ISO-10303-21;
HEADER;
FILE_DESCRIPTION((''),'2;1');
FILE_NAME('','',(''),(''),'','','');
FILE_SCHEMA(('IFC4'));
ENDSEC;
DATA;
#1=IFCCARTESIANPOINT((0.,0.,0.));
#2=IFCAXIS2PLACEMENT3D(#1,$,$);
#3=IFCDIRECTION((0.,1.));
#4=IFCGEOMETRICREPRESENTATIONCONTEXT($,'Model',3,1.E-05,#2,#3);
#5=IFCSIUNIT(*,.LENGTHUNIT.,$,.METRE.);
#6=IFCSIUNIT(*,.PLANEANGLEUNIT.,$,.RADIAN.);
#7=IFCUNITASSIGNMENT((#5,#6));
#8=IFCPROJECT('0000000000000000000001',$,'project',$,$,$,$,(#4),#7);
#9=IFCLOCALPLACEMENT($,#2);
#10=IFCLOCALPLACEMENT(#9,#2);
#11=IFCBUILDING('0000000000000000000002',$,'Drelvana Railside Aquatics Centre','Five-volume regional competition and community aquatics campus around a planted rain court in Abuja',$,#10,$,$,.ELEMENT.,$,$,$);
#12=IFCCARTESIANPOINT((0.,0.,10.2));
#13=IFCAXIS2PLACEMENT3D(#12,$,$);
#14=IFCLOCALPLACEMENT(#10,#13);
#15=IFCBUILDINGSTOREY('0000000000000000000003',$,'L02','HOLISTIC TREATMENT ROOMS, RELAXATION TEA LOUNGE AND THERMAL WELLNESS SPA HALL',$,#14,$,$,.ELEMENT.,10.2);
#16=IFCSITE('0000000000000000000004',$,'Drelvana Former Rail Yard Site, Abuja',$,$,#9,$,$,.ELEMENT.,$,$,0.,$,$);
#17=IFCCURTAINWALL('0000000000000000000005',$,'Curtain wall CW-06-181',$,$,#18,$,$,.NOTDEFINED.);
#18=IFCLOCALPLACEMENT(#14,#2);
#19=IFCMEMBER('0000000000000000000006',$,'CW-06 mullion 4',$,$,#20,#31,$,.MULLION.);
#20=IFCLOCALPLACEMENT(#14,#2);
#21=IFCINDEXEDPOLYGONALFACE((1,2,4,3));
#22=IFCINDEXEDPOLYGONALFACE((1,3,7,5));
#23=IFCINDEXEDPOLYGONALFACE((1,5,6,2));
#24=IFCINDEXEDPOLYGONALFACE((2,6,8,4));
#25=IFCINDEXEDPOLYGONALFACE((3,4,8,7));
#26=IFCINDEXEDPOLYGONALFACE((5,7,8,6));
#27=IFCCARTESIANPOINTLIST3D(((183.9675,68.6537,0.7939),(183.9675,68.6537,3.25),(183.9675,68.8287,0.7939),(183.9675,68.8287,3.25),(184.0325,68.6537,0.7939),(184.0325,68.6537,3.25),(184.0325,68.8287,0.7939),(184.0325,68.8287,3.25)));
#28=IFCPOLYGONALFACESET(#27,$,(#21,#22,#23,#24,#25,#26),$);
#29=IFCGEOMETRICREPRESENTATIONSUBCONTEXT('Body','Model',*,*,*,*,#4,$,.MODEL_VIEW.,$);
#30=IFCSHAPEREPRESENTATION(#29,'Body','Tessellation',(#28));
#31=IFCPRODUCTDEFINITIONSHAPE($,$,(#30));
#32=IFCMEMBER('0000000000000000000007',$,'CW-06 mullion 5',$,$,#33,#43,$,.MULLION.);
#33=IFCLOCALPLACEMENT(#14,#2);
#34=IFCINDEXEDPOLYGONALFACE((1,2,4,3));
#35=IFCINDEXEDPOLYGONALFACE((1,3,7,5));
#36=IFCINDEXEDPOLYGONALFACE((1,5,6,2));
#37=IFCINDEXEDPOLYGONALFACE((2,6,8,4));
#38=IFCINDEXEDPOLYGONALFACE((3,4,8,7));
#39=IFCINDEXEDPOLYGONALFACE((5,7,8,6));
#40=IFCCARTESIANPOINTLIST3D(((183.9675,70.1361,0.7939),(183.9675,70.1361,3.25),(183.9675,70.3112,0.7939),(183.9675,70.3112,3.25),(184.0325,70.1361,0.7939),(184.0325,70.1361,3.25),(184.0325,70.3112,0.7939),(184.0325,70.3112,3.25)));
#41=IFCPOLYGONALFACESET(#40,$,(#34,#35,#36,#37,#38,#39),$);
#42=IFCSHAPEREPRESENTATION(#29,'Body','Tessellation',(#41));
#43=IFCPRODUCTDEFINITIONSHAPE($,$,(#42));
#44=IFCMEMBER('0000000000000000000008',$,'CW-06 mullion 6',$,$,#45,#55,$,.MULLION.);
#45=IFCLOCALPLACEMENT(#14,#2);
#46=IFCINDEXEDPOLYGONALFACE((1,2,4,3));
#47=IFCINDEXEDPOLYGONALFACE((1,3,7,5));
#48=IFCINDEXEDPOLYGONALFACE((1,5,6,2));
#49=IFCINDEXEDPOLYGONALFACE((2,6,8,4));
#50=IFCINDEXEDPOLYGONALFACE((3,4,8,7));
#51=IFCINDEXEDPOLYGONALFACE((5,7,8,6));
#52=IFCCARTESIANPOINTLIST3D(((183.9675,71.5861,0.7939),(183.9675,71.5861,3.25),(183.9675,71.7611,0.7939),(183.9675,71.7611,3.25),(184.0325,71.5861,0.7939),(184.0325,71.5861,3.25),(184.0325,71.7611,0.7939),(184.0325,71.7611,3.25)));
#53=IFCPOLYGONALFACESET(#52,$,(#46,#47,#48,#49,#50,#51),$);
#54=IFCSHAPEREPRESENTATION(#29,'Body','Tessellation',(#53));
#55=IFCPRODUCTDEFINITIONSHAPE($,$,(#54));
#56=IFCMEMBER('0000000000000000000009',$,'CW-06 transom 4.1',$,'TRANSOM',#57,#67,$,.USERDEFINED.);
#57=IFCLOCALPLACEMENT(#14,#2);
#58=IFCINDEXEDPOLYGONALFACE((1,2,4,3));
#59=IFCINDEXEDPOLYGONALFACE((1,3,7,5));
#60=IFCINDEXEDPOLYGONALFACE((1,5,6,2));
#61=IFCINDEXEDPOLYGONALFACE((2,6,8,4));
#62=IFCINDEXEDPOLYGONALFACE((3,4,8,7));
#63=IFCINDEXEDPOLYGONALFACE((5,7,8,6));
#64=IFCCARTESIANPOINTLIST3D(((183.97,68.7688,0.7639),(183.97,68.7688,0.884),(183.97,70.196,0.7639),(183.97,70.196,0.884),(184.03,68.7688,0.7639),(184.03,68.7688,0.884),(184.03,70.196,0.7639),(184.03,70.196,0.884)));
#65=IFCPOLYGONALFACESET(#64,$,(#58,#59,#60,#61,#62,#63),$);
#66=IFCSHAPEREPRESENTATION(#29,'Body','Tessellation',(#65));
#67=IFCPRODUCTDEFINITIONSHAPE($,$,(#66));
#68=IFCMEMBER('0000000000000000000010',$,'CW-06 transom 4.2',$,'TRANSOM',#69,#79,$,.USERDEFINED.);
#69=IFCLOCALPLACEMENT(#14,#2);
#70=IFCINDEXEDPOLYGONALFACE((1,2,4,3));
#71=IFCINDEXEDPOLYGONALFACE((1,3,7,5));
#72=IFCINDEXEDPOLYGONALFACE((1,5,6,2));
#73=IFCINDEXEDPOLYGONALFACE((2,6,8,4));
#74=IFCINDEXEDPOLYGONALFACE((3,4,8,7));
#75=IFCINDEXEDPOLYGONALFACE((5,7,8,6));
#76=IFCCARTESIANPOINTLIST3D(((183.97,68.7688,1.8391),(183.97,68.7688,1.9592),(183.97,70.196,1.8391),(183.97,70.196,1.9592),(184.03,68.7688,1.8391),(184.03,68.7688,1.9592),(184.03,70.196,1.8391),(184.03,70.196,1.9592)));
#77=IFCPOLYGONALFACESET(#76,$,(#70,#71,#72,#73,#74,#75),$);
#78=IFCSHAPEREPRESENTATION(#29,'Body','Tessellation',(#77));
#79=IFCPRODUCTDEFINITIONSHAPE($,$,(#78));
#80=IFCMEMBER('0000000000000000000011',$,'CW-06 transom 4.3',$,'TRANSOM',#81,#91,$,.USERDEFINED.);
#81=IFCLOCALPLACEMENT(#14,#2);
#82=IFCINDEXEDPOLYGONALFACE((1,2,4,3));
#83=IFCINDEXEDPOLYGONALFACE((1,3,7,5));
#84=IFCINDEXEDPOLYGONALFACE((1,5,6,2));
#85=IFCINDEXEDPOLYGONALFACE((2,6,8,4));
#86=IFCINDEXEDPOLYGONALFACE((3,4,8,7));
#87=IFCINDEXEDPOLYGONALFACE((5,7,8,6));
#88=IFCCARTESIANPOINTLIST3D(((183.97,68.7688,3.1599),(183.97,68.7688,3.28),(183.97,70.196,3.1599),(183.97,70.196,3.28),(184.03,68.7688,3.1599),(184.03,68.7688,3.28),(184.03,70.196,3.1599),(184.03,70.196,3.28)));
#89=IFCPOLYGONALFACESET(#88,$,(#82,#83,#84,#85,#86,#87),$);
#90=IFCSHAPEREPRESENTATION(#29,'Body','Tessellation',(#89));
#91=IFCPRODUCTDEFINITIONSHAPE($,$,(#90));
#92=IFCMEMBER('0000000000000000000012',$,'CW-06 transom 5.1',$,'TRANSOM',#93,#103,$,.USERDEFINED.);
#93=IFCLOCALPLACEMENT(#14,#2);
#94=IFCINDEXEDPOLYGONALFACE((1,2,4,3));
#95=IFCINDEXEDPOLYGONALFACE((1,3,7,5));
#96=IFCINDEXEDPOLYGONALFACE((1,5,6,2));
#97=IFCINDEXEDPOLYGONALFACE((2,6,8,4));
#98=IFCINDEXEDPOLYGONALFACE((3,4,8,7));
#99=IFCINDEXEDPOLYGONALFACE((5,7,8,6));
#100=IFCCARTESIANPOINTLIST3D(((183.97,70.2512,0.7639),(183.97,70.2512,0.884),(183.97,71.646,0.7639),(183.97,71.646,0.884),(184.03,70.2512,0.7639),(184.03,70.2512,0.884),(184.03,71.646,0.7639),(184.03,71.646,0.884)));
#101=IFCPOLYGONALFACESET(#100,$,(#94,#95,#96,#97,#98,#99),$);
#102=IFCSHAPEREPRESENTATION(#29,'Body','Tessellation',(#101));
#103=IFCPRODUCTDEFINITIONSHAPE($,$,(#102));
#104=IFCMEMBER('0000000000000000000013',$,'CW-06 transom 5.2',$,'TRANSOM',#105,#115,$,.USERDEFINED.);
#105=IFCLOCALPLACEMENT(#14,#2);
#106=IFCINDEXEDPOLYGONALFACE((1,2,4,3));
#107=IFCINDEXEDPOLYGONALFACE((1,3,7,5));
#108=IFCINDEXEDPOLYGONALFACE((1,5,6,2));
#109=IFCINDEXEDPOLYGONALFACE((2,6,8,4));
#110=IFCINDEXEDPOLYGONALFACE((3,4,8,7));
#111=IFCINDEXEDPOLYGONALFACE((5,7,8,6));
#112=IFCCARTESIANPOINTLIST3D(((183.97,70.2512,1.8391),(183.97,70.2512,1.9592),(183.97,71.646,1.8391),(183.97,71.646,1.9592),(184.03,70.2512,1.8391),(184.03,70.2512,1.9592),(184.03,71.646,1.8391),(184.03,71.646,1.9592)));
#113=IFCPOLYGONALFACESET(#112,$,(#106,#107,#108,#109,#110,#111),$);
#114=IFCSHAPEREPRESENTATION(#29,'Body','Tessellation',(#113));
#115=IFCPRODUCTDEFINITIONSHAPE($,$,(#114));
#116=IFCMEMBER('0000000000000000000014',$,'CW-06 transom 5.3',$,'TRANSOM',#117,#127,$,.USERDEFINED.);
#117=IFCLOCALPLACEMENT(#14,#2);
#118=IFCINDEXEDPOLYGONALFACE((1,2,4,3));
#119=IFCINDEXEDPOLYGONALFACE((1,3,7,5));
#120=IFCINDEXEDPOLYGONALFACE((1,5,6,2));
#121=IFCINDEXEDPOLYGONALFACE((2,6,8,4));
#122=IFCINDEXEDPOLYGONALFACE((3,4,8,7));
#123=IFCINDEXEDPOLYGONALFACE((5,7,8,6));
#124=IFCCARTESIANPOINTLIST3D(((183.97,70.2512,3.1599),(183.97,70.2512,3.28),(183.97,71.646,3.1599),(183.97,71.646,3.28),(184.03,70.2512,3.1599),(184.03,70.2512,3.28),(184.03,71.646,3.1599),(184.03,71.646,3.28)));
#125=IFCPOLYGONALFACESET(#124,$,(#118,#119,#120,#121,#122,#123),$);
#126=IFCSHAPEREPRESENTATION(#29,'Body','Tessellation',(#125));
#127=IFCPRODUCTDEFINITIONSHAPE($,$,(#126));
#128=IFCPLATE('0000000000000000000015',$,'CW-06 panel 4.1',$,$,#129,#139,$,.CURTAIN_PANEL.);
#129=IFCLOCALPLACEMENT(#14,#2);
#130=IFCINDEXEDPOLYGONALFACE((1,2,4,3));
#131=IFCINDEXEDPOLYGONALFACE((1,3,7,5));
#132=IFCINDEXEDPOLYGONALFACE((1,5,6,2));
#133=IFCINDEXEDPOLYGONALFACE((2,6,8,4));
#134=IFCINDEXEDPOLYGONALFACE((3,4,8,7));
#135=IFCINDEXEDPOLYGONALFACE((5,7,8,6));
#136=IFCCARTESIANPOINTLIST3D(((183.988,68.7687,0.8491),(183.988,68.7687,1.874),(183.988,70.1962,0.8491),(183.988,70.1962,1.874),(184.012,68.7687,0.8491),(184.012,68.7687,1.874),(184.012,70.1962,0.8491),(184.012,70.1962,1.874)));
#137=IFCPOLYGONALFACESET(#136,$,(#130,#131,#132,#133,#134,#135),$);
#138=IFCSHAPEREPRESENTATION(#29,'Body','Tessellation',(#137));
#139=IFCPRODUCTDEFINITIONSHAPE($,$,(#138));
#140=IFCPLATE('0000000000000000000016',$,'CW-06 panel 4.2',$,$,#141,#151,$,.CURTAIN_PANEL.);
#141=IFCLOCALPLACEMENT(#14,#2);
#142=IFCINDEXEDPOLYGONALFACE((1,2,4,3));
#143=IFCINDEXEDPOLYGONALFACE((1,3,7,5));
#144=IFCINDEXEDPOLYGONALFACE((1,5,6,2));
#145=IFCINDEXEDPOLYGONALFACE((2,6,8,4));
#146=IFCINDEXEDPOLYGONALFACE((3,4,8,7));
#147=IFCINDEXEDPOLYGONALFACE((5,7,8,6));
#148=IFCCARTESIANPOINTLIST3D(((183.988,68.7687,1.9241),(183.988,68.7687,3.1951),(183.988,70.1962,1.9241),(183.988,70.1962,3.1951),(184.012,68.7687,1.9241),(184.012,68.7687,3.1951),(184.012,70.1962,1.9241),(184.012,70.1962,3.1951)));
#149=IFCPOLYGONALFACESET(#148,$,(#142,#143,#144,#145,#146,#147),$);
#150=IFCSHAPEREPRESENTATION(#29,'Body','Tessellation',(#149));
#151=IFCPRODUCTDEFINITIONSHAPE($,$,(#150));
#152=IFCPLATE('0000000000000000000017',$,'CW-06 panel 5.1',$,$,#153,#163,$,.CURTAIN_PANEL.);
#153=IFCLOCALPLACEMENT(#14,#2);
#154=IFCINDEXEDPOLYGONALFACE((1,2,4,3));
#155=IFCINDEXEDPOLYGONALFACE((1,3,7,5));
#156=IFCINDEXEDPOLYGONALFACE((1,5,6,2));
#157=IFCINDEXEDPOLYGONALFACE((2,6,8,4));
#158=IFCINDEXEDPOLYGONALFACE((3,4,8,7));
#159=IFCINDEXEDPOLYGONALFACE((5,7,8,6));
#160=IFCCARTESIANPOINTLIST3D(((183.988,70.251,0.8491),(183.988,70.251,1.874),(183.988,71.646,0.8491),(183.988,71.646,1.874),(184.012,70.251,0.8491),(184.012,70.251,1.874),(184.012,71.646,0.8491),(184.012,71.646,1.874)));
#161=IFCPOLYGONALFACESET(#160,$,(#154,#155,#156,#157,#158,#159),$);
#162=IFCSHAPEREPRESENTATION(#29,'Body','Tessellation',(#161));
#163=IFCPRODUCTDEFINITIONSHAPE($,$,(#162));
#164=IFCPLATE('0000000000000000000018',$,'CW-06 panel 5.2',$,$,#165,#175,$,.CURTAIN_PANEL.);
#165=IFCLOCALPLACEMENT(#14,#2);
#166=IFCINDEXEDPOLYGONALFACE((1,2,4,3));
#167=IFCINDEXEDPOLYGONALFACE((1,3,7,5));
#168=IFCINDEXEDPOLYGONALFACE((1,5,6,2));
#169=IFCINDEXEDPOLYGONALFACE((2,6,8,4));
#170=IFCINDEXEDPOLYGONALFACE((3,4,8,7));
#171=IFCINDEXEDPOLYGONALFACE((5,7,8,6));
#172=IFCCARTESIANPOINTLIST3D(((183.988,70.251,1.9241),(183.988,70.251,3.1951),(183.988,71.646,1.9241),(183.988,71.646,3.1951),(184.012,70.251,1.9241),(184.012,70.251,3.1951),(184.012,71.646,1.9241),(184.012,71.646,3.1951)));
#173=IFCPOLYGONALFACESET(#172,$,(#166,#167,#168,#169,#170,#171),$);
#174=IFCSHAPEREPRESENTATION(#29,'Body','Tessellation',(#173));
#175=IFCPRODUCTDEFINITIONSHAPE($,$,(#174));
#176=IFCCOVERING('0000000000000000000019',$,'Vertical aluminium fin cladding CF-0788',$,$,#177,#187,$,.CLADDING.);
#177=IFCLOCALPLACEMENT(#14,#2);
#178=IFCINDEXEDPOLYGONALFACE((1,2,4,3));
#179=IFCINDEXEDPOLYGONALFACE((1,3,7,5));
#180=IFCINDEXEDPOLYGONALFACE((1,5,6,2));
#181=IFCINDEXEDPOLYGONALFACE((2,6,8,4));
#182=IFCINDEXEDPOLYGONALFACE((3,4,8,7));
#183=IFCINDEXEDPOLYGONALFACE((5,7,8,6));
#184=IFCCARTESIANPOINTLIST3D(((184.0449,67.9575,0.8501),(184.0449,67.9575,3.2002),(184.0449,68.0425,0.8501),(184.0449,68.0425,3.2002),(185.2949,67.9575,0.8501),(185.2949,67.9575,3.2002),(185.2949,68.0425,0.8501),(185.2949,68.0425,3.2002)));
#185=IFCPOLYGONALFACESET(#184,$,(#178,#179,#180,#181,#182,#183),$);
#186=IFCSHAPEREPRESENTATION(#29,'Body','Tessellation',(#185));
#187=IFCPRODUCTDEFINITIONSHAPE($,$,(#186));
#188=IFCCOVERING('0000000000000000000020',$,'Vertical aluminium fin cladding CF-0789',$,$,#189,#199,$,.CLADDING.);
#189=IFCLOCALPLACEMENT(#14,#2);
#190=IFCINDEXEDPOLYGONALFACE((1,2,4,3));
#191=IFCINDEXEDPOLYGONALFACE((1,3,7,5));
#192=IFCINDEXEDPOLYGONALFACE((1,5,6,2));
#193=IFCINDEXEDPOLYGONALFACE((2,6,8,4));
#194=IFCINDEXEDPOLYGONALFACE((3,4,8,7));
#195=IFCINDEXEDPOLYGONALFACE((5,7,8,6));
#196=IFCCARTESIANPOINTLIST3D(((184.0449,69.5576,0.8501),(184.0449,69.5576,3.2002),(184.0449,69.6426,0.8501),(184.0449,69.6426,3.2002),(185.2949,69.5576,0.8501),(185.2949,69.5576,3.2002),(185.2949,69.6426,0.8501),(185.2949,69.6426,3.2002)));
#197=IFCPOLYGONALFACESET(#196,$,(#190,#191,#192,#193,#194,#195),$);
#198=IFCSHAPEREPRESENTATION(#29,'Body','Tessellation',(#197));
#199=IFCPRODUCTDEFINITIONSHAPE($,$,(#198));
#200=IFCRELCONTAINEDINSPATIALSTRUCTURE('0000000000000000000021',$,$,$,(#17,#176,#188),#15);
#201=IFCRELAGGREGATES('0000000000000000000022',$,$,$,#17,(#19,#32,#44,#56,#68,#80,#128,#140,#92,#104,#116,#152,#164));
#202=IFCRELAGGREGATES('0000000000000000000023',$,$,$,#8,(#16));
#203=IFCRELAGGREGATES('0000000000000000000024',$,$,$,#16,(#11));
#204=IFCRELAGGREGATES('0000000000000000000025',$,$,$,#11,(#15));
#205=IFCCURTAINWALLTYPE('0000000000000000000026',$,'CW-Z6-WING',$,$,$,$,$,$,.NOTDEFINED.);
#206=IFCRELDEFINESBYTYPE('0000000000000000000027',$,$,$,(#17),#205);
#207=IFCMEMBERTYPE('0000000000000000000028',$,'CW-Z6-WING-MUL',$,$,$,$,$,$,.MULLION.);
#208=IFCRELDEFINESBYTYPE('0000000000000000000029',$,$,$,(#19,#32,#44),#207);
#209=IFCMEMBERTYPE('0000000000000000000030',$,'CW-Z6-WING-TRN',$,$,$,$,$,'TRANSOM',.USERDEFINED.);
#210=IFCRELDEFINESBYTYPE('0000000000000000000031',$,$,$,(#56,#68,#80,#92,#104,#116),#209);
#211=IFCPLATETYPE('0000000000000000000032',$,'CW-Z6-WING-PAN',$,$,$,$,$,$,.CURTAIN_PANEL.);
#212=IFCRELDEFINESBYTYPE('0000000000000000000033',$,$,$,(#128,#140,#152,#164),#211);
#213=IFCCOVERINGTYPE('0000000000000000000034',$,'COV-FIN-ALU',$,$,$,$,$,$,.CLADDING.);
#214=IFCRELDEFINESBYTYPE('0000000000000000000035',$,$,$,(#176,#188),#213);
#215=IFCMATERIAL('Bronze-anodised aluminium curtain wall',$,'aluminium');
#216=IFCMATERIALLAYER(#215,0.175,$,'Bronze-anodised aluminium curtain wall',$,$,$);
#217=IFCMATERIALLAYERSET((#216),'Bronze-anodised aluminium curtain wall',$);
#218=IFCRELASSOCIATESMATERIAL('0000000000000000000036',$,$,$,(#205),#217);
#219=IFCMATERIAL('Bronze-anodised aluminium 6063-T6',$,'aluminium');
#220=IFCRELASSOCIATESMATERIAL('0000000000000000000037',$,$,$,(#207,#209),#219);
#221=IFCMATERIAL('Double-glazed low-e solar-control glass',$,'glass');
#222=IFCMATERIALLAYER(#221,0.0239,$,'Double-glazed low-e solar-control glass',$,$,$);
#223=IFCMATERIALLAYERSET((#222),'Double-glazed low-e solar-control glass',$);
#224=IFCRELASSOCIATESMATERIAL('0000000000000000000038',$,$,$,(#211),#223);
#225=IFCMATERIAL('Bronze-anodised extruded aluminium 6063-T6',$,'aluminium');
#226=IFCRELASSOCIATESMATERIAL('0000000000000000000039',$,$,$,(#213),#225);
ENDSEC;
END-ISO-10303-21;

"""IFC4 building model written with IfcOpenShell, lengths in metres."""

from ifc_helpers import new_model, si_unit, direction, frame, origin, origin_2d, place, context, subcontext, project, spatial, rectangle, extrude, material, layer, layer_set, material_profile, profile_set, type_object, element, aggregate, save


model = new_model("IFC4")

# Units and contexts
model_context = context("Model", 3, precision=1e-05, world=origin(), true_north=direction((0.0, 1.0)))
body_context = subcontext(model_context, "Body", "Model", "MODEL_VIEW")
ifc_project = project(units=[si_unit("LENGTHUNIT", "METRE"), si_unit("PLANEANGLEUNIT", "RADIAN")], contexts=[model_context])

# Site, building, storey
site_placement = place(None, origin())
site = spatial("IfcSite", under=ifc_project, at=site_placement, Name="Drelvana Former Rail Yard Site, Abuja", CompositionType="ELEMENT", RefElevation=0.0)
building_placement = place(site_placement, origin())
building = spatial("IfcBuilding", under=site, at=building_placement, Name="Drelvana Railside Aquatics Centre", Description="Five-volume regional competition and community aquatics campus around a planted rain court in Abuja", CompositionType="ELEMENT")
storey_placement = place(building_placement, frame((0.0, 0.0, 10.2)))
storey = spatial("IfcBuildingStorey", under=building, at=storey_placement, Name="L02", Description="HOLISTIC TREATMENT ROOMS, RELAXATION TEA LOUNGE AND THERMAL WELLNESS SPA HALL", CompositionType="ELEMENT", Elevation=10.2)

# Curtain wall, members, plates
ifc_material_1 = material(Name="Bronze-anodised aluminium curtain wall", Category="aluminium")
ifc_layer_1 = layer(ifc_material_1, 0.175, Name="Bronze-anodised aluminium curtain wall")
ifc_layer_set_1 = layer_set([ifc_layer_1], Name="Bronze-anodised aluminium curtain wall")
curtain_wall_type = type_object("IfcCurtainWallType", Name="CW-Z6-WING", PredefinedType="NOTDEFINED", material=ifc_layer_set_1)
curtain_wall_placement = place(storey_placement, origin())
curtain_wall = element("IfcCurtainWall", 1, at=curtain_wall_placement, inside=storey, type_object=curtain_wall_type, Name="Curtain wall CW-06-181", PredefinedType="NOTDEFINED")
ifc_material_2 = material(Name="Bronze-anodised aluminium 6063-T6", Category="aluminium")
ifc_material_profile_1 = material_profile(ifc_material_2, rectangle(XDim=0.0649, YDim=0.175, at=origin_2d()), Name="ALU-M 65x175")
ifc_profile_set_1 = profile_set([ifc_material_profile_1], Name="Bronze-anodised aluminium 6063-T6")
member_type_1 = type_object("IfcMemberType", Name="CW-Z6-WING-MUL", PredefinedType="MULLION", material=ifc_profile_set_1)
member_1_placement = place(storey_placement, frame((184.0, 68.7412, 0.7939), z_axis=(0.0, 0.0, 1.0), x_axis=(-1.0, 0.0, 0.0)))
member_1 = element("IfcMember", 2, at=member_1_placement, type_object=member_type_1, Name="CW-06 mullion 4", PredefinedType="MULLION", context=body_context, shape_type="SweptSolid", body=[
    extrude(rectangle(XDim=0.0649, YDim=0.175, at=origin_2d()), origin(), (0.0, 0.0, 1.0), 2.4561),
])
member_2_placement = place(storey_placement, frame((184.0, 70.2236, 0.7939), z_axis=(0.0, 0.0, 1.0), x_axis=(-1.0, 0.0, 0.0)))
member_2 = element("IfcMember", 3, at=member_2_placement, type_object=member_type_1, Name="CW-06 mullion 5", PredefinedType="MULLION", context=body_context, shape_type="SweptSolid", body=[
    extrude(rectangle(XDim=0.0649, YDim=0.175, at=origin_2d()), origin(), (0.0, 0.0, 1.0), 2.4561),
])
member_3_placement = place(storey_placement, frame((184.0, 71.6736, 0.7939), z_axis=(0.0, 0.0, 1.0), x_axis=(-1.0, 0.0, 0.0)))
member_3 = element("IfcMember", 4, at=member_3_placement, type_object=member_type_1, Name="CW-06 mullion 6", PredefinedType="MULLION", context=body_context, shape_type="SweptSolid", body=[
    extrude(rectangle(XDim=0.0649, YDim=0.175, at=origin_2d()), origin(), (0.0, 0.0, 1.0), 2.4561),
])
ifc_material_profile_2 = material_profile(ifc_material_2, rectangle(XDim=0.1201, YDim=0.0601, at=origin_2d()), Name="ALU-T 60x120")
ifc_profile_set_2 = profile_set([ifc_material_profile_2], Name="Bronze-anodised aluminium 6063-T6")
member_type_2 = type_object("IfcMemberType", Name="CW-Z6-WING-TRN", ElementType="TRANSOM", PredefinedType="USERDEFINED", material=ifc_profile_set_2)
member_4_placement = place(storey_placement, frame((184.0, 68.7688, 0.824), z_axis=(0.0, 1.0, 0.0), x_axis=(0.0, 0.0, 1.0)))
member_4 = element("IfcMember", 5, at=member_4_placement, type_object=member_type_2, Name="CW-06 transom 4.1", ObjectType="TRANSOM", PredefinedType="USERDEFINED", context=body_context, shape_type="SweptSolid", body=[
    extrude(rectangle(XDim=0.1201, YDim=0.0601, at=origin_2d()), origin(), (0.0, 0.0, 1.0), 1.4272),
])
member_5_placement = place(storey_placement, frame((184.0, 68.7688, 1.8992), z_axis=(0.0, 1.0, 0.0), x_axis=(0.0, 0.0, 1.0)))
member_5 = element("IfcMember", 6, at=member_5_placement, type_object=member_type_2, Name="CW-06 transom 4.2", ObjectType="TRANSOM", PredefinedType="USERDEFINED", context=body_context, shape_type="SweptSolid", body=[
    extrude(rectangle(XDim=0.1201, YDim=0.0601, at=origin_2d()), origin(), (0.0, 0.0, 1.0), 1.4272),
])
member_6_placement = place(storey_placement, frame((184.0, 68.7688, 3.22), z_axis=(0.0, 1.0, 0.0), x_axis=(0.0, 0.0, 1.0)))
member_6 = element("IfcMember", 7, at=member_6_placement, type_object=member_type_2, Name="CW-06 transom 4.3", ObjectType="TRANSOM", PredefinedType="USERDEFINED", context=body_context, shape_type="SweptSolid", body=[
    extrude(rectangle(XDim=0.1201, YDim=0.0601, at=origin_2d()), origin(), (0.0, 0.0, 1.0), 1.4272),
])
member_7_placement = place(storey_placement, frame((184.0, 70.2512, 0.824), z_axis=(0.0, 1.0, 0.0), x_axis=(0.0, 0.0, 1.0)))
member_7 = element("IfcMember", 8, at=member_7_placement, type_object=member_type_2, Name="CW-06 transom 5.1", ObjectType="TRANSOM", PredefinedType="USERDEFINED", context=body_context, shape_type="SweptSolid", body=[
    extrude(rectangle(XDim=0.1201, YDim=0.0601, at=origin_2d()), origin(), (0.0, 0.0, 1.0), 1.3948),
])
member_8_placement = place(storey_placement, frame((184.0, 70.2512, 1.8992), z_axis=(0.0, 1.0, 0.0), x_axis=(0.0, 0.0, 1.0)))
member_8 = element("IfcMember", 9, at=member_8_placement, type_object=member_type_2, Name="CW-06 transom 5.2", ObjectType="TRANSOM", PredefinedType="USERDEFINED", context=body_context, shape_type="SweptSolid", body=[
    extrude(rectangle(XDim=0.1201, YDim=0.0601, at=origin_2d()), origin(), (0.0, 0.0, 1.0), 1.3948),
])
member_9_placement = place(storey_placement, frame((184.0, 70.2512, 3.22), z_axis=(0.0, 1.0, 0.0), x_axis=(0.0, 0.0, 1.0)))
member_9 = element("IfcMember", 10, at=member_9_placement, type_object=member_type_2, Name="CW-06 transom 5.3", ObjectType="TRANSOM", PredefinedType="USERDEFINED", context=body_context, shape_type="SweptSolid", body=[
    extrude(rectangle(XDim=0.1201, YDim=0.0601, at=origin_2d()), origin(), (0.0, 0.0, 1.0), 1.3948),
])
ifc_material_3 = material(Name="Double-glazed low-e solar-control glass", Category="glass")
ifc_layer_2 = layer(ifc_material_3, 0.0239, Name="Double-glazed low-e solar-control glass")
ifc_layer_set_2 = layer_set([ifc_layer_2], Name="Double-glazed low-e solar-control glass")
plate_type = type_object("IfcPlateType", Name="CW-Z6-WING-PAN", PredefinedType="CURTAIN_PANEL", material=ifc_layer_set_2)
plate_1_placement = place(storey_placement, frame((184.0, 69.4824, 0.8491), z_axis=(0.0, 0.0, 1.0), x_axis=(0.0, 1.0, 0.0)))
plate_1 = element("IfcPlate", 11, at=plate_1_placement, type_object=plate_type, Name="CW-06 panel 4.1", PredefinedType="CURTAIN_PANEL", context=body_context, shape_type="SweptSolid", body=[
    extrude(rectangle(XDim=1.4275, YDim=0.0239, at=origin_2d()), origin(), (0.0, 0.0, 1.0), 1.0249),
])
plate_2_placement = place(storey_placement, frame((184.0, 69.4824, 1.9241), z_axis=(0.0, 0.0, 1.0), x_axis=(0.0, 1.0, 0.0)))
plate_2 = element("IfcPlate", 12, at=plate_2_placement, type_object=plate_type, Name="CW-06 panel 4.2", PredefinedType="CURTAIN_PANEL", context=body_context, shape_type="SweptSolid", body=[
    extrude(rectangle(XDim=1.4275, YDim=0.0239, at=origin_2d()), origin(), (0.0, 0.0, 1.0), 1.271),
])
plate_3_placement = place(storey_placement, frame((184.0, 70.9485, 0.8491), z_axis=(0.0, 0.0, 1.0), x_axis=(0.0, 1.0, 0.0)))
plate_3 = element("IfcPlate", 13, at=plate_3_placement, type_object=plate_type, Name="CW-06 panel 5.1", PredefinedType="CURTAIN_PANEL", context=body_context, shape_type="SweptSolid", body=[
    extrude(rectangle(XDim=1.395, YDim=0.0239, at=origin_2d()), origin(), (0.0, 0.0, 1.0), 1.0249),
])
plate_4_placement = place(storey_placement, frame((184.0, 70.9485, 1.9241), z_axis=(0.0, 0.0, 1.0), x_axis=(0.0, 1.0, 0.0)))
plate_4 = element("IfcPlate", 14, at=plate_4_placement, type_object=plate_type, Name="CW-06 panel 5.2", PredefinedType="CURTAIN_PANEL", context=body_context, shape_type="SweptSolid", body=[
    extrude(rectangle(XDim=1.395, YDim=0.0239, at=origin_2d()), origin(), (0.0, 0.0, 1.0), 1.271),
])
aggregate(curtain_wall, [member_1, member_2, member_3, member_4, member_5, member_6, plate_1, plate_2, member_7, member_8, member_9, plate_3, plate_4])

# Coverings
ifc_material_4 = material(Name="Bronze-anodised extruded aluminium 6063-T6", Category="aluminium")
covering_type = type_object("IfcCoveringType", Name="COV-FIN-ALU", PredefinedType="CLADDING", material=ifc_material_4)
for number, where, z_axis, x_axis, name in (
    (15, (184.6699, 68.0, 0.8501), (0.0, 0.0, 1.0), (0.0, -1.0, 0.0), "Vertical aluminium fin cladding CF-0788"),
    (16, (184.6699, 69.6001, 0.8501), (0.0, 0.0, 1.0), (0.0, -1.0, 0.0), "Vertical aluminium fin cladding CF-0789"),
):
    element("IfcCovering", number, at=place(storey_placement, frame(where, z_axis=z_axis, x_axis=x_axis)), inside=storey, type_object=covering_type, Name=name, PredefinedType="CLADDING", context=body_context, shape_type="SweptSolid", body=[
        extrude(rectangle(XDim=0.085, YDim=1.25, at=origin_2d()), origin(), (0.0, 0.0, 1.0), 2.3501),
    ])

save(model, "model.ifc")
